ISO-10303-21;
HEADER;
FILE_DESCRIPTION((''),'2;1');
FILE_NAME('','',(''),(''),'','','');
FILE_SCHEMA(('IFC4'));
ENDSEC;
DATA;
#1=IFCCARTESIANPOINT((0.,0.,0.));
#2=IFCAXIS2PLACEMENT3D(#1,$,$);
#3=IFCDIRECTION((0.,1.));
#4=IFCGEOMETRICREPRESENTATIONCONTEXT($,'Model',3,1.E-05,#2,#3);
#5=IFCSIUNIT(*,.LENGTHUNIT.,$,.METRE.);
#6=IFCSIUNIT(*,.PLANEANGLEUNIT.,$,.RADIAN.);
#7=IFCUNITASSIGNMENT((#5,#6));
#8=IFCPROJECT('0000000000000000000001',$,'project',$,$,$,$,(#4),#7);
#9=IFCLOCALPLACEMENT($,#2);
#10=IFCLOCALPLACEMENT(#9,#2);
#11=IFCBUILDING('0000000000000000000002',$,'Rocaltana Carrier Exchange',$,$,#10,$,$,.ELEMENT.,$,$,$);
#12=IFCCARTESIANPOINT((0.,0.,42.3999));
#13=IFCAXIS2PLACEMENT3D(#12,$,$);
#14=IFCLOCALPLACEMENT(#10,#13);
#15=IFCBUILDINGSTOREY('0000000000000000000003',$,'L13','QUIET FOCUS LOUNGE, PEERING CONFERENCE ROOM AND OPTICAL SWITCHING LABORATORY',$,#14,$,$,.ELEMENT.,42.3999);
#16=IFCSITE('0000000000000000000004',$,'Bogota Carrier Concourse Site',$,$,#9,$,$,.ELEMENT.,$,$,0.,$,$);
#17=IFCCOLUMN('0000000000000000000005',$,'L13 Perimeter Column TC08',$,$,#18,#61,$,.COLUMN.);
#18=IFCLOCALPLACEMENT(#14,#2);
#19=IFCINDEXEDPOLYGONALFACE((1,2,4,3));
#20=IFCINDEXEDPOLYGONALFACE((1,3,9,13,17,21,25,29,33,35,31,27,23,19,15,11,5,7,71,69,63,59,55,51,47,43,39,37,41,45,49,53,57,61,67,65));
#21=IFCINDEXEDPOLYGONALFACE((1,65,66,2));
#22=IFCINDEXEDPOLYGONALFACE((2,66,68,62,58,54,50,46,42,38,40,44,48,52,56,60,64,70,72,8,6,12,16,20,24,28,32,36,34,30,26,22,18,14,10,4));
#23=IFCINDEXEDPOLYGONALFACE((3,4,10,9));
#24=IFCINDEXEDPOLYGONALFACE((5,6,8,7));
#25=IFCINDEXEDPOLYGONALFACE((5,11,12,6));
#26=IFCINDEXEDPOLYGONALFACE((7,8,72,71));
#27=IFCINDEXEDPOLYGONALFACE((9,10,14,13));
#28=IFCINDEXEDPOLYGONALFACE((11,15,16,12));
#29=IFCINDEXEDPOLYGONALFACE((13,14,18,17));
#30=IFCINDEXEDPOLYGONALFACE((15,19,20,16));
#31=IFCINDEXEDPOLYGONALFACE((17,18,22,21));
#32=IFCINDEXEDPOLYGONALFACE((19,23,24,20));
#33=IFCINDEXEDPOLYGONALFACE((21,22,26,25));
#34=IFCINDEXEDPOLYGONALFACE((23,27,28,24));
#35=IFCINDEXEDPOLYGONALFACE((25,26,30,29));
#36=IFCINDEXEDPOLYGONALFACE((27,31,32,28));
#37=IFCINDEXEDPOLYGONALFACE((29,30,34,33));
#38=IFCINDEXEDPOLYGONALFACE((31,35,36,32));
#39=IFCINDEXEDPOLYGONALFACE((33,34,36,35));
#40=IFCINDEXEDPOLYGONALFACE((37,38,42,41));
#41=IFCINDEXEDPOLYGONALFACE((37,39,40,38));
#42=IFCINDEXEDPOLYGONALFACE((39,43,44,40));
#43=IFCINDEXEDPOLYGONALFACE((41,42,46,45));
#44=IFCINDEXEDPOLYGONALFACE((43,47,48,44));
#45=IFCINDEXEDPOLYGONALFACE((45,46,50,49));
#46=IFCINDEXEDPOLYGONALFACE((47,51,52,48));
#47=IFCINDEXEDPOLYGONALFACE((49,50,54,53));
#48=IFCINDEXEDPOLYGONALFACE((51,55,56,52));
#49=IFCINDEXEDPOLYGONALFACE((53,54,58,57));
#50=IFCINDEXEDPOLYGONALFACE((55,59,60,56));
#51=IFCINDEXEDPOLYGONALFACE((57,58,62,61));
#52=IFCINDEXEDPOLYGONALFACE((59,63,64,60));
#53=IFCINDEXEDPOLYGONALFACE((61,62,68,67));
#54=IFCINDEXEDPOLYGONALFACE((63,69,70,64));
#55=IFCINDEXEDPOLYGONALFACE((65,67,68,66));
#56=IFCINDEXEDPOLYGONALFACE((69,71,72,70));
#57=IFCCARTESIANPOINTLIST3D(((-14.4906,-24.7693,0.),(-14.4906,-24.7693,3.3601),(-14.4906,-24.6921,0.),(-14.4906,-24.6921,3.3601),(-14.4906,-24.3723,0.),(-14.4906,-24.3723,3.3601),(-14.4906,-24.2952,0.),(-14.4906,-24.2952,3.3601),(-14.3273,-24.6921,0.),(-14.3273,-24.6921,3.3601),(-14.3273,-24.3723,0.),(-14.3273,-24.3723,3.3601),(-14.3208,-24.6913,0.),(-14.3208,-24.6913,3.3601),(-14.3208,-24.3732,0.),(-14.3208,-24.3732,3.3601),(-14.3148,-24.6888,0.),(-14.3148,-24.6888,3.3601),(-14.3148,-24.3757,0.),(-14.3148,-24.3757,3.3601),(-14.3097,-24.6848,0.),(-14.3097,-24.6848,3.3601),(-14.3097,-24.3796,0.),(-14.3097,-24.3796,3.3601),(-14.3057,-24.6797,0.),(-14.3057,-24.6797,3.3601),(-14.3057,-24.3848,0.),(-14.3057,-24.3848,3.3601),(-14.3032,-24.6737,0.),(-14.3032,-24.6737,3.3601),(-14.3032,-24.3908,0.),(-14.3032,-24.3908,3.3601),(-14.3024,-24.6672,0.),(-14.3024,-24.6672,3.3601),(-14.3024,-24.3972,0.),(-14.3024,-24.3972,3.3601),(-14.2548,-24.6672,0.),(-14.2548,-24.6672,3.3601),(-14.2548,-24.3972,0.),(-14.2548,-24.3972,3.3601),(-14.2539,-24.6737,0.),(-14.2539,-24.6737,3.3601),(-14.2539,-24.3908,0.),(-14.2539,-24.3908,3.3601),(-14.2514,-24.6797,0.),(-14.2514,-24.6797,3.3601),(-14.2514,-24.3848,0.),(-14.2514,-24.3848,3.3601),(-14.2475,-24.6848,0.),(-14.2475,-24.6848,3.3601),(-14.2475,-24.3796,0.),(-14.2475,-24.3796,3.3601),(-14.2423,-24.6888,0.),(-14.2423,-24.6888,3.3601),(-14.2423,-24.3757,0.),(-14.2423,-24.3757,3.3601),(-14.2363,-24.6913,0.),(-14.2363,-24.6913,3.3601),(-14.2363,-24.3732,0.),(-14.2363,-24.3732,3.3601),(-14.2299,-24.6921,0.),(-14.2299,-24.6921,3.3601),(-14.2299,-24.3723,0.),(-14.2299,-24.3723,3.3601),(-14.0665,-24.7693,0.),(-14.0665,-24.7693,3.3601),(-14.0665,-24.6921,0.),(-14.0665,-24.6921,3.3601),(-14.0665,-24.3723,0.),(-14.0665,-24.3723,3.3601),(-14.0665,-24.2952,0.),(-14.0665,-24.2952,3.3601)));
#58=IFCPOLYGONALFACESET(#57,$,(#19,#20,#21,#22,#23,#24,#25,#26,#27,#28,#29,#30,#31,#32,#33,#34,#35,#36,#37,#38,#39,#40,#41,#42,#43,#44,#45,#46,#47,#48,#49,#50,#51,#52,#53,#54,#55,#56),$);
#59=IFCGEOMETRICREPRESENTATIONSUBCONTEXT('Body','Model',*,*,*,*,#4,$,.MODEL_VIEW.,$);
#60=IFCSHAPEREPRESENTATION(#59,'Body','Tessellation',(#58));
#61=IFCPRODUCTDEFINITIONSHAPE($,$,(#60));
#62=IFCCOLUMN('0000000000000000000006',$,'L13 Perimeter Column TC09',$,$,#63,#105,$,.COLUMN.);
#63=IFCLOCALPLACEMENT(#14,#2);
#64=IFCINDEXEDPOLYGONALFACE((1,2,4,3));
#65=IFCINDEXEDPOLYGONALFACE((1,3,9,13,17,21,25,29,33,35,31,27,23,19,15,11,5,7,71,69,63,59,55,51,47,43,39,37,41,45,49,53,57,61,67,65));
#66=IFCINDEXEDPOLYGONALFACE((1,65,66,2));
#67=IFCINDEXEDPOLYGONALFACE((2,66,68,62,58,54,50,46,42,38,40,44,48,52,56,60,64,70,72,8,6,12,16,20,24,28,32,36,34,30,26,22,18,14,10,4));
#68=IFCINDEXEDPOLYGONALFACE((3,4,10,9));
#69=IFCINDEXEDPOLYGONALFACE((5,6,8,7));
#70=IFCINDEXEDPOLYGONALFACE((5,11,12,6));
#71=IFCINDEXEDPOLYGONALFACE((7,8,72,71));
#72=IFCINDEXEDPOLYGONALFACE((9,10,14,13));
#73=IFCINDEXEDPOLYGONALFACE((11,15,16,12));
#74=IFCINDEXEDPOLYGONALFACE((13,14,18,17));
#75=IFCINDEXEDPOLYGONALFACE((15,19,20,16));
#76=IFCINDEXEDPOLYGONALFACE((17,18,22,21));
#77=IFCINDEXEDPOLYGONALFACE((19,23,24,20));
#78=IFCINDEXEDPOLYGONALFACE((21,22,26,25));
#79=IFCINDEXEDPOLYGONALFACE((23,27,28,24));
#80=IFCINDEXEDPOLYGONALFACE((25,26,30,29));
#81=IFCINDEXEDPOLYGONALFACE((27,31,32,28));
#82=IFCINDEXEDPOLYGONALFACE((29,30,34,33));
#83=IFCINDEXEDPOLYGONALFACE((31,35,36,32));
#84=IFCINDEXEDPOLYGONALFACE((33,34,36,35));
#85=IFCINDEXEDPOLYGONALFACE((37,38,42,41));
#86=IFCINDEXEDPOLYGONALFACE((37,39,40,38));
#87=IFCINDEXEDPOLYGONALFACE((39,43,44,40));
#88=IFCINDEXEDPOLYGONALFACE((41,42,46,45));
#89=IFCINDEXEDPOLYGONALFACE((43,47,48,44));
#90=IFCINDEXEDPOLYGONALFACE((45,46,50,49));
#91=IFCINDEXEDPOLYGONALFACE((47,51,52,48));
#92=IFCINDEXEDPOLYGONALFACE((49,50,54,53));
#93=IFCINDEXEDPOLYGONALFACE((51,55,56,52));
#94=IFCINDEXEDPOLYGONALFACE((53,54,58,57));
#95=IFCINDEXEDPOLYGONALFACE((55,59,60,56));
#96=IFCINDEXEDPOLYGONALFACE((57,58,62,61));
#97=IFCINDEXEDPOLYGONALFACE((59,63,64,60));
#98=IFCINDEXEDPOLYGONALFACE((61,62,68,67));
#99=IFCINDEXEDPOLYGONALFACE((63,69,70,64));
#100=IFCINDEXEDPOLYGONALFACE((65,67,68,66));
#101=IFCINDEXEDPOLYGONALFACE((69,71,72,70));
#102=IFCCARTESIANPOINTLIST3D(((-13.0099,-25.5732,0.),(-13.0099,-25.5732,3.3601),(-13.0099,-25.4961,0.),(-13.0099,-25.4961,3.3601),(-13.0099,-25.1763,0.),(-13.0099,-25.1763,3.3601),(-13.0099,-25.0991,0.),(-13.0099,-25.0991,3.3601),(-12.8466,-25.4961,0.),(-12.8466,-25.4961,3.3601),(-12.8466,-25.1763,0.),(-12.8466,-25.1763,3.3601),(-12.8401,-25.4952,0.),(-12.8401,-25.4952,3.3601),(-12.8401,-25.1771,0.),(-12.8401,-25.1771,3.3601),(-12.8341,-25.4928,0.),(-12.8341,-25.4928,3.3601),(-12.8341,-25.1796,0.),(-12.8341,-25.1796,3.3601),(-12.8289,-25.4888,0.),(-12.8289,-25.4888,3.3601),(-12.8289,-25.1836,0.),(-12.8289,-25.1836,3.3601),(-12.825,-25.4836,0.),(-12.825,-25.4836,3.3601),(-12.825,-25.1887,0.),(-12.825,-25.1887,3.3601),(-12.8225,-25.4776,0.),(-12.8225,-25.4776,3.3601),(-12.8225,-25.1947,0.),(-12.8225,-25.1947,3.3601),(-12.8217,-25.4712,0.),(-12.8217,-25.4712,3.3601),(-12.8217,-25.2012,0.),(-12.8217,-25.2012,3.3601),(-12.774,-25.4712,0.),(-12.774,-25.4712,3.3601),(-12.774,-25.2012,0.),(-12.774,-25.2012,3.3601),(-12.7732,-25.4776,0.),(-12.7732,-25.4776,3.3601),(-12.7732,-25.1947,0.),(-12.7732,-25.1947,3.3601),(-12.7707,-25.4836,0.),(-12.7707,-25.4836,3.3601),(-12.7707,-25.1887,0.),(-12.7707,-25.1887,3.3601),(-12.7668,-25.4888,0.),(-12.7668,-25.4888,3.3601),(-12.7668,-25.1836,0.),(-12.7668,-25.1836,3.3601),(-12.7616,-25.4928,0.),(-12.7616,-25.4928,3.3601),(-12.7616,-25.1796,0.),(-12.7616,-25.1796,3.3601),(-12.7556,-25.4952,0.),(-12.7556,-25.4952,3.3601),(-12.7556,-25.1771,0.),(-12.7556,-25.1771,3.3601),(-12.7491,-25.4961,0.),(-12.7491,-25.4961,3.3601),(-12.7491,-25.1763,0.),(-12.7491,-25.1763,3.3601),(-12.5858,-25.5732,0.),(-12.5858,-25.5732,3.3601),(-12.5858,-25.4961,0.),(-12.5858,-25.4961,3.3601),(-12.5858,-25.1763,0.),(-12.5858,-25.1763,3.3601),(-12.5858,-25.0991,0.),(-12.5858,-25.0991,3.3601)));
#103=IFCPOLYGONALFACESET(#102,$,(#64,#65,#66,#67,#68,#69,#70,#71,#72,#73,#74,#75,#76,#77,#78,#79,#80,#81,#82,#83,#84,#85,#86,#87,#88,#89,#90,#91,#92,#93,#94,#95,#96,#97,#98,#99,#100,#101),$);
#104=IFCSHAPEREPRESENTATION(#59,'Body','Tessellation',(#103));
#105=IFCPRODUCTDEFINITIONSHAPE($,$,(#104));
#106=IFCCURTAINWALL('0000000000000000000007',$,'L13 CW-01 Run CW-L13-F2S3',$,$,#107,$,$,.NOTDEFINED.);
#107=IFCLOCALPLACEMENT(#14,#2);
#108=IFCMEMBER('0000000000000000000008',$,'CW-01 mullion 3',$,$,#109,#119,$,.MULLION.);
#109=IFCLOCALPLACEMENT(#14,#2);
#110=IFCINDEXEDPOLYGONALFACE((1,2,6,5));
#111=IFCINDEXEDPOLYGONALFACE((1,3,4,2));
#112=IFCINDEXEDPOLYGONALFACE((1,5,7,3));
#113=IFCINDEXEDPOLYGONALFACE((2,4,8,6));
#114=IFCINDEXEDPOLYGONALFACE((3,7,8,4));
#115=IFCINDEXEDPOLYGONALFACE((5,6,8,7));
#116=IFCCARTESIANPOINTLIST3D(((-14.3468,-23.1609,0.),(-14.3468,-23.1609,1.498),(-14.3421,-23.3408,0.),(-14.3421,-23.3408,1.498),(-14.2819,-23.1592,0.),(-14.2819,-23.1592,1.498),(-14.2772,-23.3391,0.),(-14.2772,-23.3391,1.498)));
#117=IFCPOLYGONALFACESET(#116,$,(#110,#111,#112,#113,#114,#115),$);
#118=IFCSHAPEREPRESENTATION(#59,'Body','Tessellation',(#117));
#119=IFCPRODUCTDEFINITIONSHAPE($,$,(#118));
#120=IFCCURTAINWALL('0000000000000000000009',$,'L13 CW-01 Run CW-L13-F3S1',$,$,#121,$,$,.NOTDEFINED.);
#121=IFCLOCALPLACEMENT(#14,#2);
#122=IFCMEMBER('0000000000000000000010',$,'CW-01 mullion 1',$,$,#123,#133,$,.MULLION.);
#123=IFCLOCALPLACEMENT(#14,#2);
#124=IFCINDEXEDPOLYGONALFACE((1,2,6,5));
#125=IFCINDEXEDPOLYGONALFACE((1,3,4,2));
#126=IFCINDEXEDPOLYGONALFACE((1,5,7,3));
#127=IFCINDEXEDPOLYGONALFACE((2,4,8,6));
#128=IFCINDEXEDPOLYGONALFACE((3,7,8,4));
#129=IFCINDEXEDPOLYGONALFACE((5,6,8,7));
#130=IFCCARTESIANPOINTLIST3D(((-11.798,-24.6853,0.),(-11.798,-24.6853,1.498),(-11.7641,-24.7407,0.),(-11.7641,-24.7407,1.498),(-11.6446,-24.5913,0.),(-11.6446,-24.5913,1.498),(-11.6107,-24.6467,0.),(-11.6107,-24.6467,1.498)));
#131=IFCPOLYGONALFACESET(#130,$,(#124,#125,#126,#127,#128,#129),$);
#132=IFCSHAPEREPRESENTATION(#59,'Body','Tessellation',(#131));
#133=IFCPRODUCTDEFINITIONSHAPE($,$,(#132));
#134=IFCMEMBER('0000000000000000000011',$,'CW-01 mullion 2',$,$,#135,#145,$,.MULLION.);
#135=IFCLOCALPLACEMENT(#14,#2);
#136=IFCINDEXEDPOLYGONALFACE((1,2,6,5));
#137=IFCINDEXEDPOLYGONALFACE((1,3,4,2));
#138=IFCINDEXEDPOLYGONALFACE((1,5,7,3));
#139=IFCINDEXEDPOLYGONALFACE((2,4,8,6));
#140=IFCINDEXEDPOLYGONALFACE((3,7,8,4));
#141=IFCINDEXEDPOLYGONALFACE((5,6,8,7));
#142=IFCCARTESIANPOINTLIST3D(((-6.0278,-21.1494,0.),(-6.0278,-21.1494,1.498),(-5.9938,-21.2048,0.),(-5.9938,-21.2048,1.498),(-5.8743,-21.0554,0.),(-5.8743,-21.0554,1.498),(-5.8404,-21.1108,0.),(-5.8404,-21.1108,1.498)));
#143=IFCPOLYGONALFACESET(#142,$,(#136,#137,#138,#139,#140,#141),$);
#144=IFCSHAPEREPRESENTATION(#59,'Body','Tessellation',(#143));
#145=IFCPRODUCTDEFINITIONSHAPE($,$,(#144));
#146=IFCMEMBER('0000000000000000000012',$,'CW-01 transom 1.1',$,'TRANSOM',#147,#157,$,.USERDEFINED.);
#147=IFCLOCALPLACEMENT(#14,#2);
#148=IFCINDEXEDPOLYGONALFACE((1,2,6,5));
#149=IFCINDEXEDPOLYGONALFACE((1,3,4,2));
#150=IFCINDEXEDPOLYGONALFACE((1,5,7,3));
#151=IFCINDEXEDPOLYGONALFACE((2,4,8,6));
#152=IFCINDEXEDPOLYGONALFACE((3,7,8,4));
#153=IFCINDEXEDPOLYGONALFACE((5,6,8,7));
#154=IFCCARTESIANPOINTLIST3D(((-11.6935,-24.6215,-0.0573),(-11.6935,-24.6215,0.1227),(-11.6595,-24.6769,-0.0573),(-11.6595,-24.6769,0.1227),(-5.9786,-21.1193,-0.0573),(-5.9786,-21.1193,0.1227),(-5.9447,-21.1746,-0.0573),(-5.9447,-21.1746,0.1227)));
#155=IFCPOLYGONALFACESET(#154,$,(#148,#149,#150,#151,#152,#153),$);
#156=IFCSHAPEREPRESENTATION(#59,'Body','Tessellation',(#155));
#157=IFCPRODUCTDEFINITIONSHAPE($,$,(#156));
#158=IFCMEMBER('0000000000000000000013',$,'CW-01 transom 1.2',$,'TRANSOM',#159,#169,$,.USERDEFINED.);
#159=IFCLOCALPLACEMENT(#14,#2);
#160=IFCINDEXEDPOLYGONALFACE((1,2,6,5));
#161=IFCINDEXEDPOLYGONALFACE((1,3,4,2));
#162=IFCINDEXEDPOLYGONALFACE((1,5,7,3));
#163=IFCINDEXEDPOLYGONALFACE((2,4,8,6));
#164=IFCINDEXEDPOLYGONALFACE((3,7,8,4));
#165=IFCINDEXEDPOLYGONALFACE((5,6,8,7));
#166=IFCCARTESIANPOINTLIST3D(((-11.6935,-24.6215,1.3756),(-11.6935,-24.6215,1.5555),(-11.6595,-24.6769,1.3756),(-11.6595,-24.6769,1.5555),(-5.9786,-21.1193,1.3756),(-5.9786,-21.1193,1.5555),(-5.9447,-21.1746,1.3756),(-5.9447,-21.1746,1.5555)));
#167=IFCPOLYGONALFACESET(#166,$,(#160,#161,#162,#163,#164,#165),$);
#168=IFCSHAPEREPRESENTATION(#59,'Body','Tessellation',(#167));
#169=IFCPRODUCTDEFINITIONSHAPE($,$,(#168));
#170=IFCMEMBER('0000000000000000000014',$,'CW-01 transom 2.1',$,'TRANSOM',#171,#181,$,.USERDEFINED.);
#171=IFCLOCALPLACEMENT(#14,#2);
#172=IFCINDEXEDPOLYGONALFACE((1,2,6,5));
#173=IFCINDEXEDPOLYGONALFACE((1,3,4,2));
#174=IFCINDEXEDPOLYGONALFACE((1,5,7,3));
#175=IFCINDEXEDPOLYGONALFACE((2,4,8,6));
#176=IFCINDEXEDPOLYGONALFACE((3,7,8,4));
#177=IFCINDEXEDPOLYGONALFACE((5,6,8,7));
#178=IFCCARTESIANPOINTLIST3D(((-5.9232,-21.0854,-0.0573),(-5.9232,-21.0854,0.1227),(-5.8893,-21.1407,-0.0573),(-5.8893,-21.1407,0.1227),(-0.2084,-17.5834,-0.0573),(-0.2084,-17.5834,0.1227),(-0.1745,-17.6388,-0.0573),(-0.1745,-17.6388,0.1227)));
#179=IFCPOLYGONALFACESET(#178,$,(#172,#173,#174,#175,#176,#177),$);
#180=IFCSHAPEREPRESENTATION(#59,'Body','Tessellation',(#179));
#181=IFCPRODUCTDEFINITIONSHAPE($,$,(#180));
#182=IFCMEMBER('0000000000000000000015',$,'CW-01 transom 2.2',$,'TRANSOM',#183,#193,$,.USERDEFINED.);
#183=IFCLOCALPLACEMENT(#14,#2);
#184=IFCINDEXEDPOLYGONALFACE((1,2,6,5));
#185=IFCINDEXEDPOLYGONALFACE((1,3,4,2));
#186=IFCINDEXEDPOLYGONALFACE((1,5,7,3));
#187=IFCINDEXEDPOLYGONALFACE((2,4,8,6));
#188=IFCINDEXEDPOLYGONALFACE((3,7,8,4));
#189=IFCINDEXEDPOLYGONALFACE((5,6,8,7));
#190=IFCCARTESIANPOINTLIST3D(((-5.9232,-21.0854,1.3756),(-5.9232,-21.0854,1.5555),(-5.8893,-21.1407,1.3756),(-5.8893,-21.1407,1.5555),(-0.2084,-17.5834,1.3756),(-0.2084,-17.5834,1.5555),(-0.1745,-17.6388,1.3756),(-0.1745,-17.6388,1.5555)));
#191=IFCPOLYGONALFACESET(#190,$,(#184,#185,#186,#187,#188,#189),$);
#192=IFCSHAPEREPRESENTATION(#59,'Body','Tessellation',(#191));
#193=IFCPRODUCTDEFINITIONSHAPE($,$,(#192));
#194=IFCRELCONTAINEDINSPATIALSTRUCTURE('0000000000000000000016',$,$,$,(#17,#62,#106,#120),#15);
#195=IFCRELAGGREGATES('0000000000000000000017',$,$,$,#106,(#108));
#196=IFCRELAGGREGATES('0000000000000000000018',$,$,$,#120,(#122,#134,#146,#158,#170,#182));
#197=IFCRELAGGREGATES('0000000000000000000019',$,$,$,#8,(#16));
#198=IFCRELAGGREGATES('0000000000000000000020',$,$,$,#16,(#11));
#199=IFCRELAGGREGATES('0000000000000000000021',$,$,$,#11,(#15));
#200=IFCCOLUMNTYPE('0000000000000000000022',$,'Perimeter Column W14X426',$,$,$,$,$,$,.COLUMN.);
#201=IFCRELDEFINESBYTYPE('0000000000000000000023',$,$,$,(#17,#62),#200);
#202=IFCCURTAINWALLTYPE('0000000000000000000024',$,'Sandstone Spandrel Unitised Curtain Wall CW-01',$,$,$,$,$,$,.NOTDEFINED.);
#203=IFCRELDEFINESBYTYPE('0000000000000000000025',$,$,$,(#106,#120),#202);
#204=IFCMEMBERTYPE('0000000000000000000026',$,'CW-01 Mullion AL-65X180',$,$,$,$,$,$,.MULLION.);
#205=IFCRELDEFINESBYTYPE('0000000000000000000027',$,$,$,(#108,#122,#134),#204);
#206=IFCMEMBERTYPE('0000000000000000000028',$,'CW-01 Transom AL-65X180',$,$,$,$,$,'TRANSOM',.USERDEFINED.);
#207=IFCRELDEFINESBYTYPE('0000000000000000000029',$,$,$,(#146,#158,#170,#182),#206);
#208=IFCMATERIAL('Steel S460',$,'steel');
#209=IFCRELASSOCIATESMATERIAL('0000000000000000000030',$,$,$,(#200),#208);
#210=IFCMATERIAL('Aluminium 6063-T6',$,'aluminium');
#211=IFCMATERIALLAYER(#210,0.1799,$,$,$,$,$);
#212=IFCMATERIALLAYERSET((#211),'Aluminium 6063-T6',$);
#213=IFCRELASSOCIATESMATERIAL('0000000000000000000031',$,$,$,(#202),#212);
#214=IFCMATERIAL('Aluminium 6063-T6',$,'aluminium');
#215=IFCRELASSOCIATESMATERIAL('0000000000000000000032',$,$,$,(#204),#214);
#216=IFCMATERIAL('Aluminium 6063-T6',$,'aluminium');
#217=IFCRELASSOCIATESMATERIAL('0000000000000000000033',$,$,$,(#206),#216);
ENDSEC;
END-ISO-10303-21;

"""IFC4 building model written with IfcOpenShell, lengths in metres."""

from ifc_helpers import new_model, si_unit, direction, frame, origin, origin_2d, place, context, subcontext, project, spatial, rectangle, i_section, extrude, material, layer, layer_set, material_profile, profile_set, type_object, element, aggregate, save


model = new_model("IFC4")

# Units and contexts
model_context = context("Model", 3, precision=1e-05, world=origin(), true_north=direction((0.0, 1.0)))
body_context = subcontext(model_context, "Body", "Model", "MODEL_VIEW")
ifc_project = project(units=[si_unit("LENGTHUNIT", "METRE"), si_unit("PLANEANGLEUNIT", "RADIAN")], contexts=[model_context])

# Site, building, storey
site_placement = place(None, origin())
site = spatial("IfcSite", under=ifc_project, at=site_placement, Name="Bogota Carrier Concourse Site", CompositionType="ELEMENT", RefElevation=0.0)
building_placement = place(site_placement, origin())
building = spatial("IfcBuilding", under=site, at=building_placement, Name="Rocaltana Carrier Exchange", CompositionType="ELEMENT")
storey_placement = place(building_placement, frame((0.0, 0.0, 42.3999)))
storey = spatial("IfcBuildingStorey", under=building, at=storey_placement, Name="L13", Description="QUIET FOCUS LOUNGE, PEERING CONFERENCE ROOM AND OPTICAL SWITCHING LABORATORY", CompositionType="ELEMENT", Elevation=42.3999)

# Columns
ifc_material_1 = material(Name="Steel S460", Category="steel")
ifc_material_profile_1 = material_profile(ifc_material_1, i_section(OverallWidth=0.4241, OverallDepth=0.4741, WebThickness=0.0476, FlangeThickness=0.0771, FilletRadius=0.0249, at=origin_2d()), Name="W14X426")
ifc_profile_set_1 = profile_set([ifc_material_profile_1], Name="Steel S460")
column_type = type_object("IfcColumnType", Name="Perimeter Column W14X426", PredefinedType="COLUMN", material=ifc_profile_set_1)
for number, where, z_axis, x_axis, name in (
    (1, (-14.2786, -24.5322, 0.0), (0.0, 0.0, 1.0), (1.0, 0.0, 0.0), "L13 Perimeter Column TC08"),
    (2, (-12.7979, -25.3362, 0.0), (0.0, 0.0, 1.0), (1.0, 0.0, 0.0), "L13 Perimeter Column TC09"),
):
    element("IfcColumn", number, at=place(storey_placement, frame(where, z_axis=z_axis, x_axis=x_axis)), inside=storey, type_object=column_type, Name=name, PredefinedType="COLUMN", context=body_context, shape_type="SweptSolid", body=[
        extrude(i_section(OverallWidth=0.4241, OverallDepth=0.4741, WebThickness=0.0476, FlangeThickness=0.0771, FilletRadius=0.0249, at=origin_2d()), origin(), (0.0, 0.0, 1.0), 3.3601),
    ])

# Curtain wall, member
ifc_material_2 = material(Name="Aluminium 6063-T6", Category="aluminium")
ifc_layer_1 = layer(ifc_material_2, 0.1799)
ifc_layer_set_1 = layer_set([ifc_layer_1], Name="Aluminium 6063-T6")
curtain_wall_type = type_object("IfcCurtainWallType", Name="Sandstone Spandrel Unitised Curtain Wall CW-01", PredefinedType="NOTDEFINED", material=ifc_layer_set_1)
curtain_wall_1_placement = place(storey_placement, origin())
curtain_wall_1 = element("IfcCurtainWall", 3, at=curtain_wall_1_placement, inside=storey, type_object=curtain_wall_type, Name="L13 CW-01 Run CW-L13-F2S3", PredefinedType="NOTDEFINED")
ifc_material_3 = material(Name="Aluminium 6063-T6", Category="aluminium")
ifc_material_profile_2 = material_profile(ifc_material_3, rectangle(XDim=0.0649, YDim=0.1799, at=origin_2d()), Name="AL-65X180")
ifc_profile_set_2 = profile_set([ifc_material_profile_2], Name="Aluminium 6063-T6")
member_type_1 = type_object("IfcMemberType", Name="CW-01 Mullion AL-65X180", PredefinedType="MULLION", material=ifc_profile_set_2)
member_1_placement = place(storey_placement, frame((-14.312, -23.25, 0.0), z_axis=(0.0, 0.0, 1.0), x_axis=(0.999657, 0.026184, 0.0)))
member_1 = element("IfcMember", 4, at=member_1_placement, type_object=member_type_1, Name="CW-01 mullion 3", PredefinedType="MULLION", context=body_context, shape_type="SweptSolid", body=[
    extrude(rectangle(XDim=0.0649, YDim=0.1799, at=origin_2d()), origin(), (0.0, 0.0, 1.0), 1.498),
])
aggregate(curtain_wall_1, [member_1])

# Curtain wall, members
curtain_wall_2_placement = place(storey_placement, origin())
curtain_wall_2 = element("IfcCurtainWall", 5, at=curtain_wall_2_placement, inside=storey, type_object=curtain_wall_type, Name="L13 CW-01 Run CW-L13-F3S1", PredefinedType="NOTDEFINED")
member_2_placement = place(storey_placement, frame((-11.7043, -24.666, 0.0), z_axis=(0.0, 0.0, 1.0), x_axis=(-0.522505, 0.852636, 0.0)))
member_2 = element("IfcMember", 6, at=member_2_placement, type_object=member_type_1, Name="CW-01 mullion 1", PredefinedType="MULLION", context=body_context, shape_type="SweptSolid", body=[
    extrude(rectangle(XDim=0.0649, YDim=0.1799, at=origin_2d()), origin(), (0.0, 0.0, 1.0), 1.498),
])
member_3_placement = place(storey_placement, frame((-5.9341, -21.1301, 0.0), z_axis=(0.0, 0.0, 1.0), x_axis=(-0.522505, 0.852636, 0.0)))
member_3 = element("IfcMember", 7, at=member_3_placement, type_object=member_type_1, Name="CW-01 mullion 2", PredefinedType="MULLION", context=body_context, shape_type="SweptSolid", body=[
    extrude(rectangle(XDim=0.0649, YDim=0.1799, at=origin_2d()), origin(), (0.0, 0.0, 1.0), 1.498),
])
ifc_material_4 = material(Name="Aluminium 6063-T6", Category="aluminium")
ifc_material_profile_3 = material_profile(ifc_material_4, rectangle(XDim=0.0649, YDim=0.1799, at=origin_2d()), Name="AL-65X180")
ifc_profile_set_3 = profile_set([ifc_material_profile_3], Name="Aluminium 6063-T6")
member_type_2 = type_object("IfcMemberType", Name="CW-01 Transom AL-65X180", ElementType="TRANSOM", PredefinedType="USERDEFINED", material=ifc_profile_set_3)
member_4_placement = place(storey_placement, frame((-11.6765, -24.6492, 0.0327), z_axis=(0.852631, 0.522513, 0.0), x_axis=(-0.522513, 0.852631, 0.0)))
member_4 = element("IfcMember", 8, at=member_4_placement, type_object=member_type_2, Name="CW-01 transom 1.1", ObjectType="TRANSOM", PredefinedType="USERDEFINED", context=body_context, shape_type="SweptSolid", body=[
    extrude(rectangle(XDim=0.0649, YDim=0.1799, at=origin_2d()), origin(), (0.0, 0.0, 1.0), 6.7026),
])
member_5_placement = place(storey_placement, frame((-11.6765, -24.6492, 1.4656), z_axis=(0.852631, 0.522513, 0.0), x_axis=(-0.522513, 0.852631, 0.0)))
member_5 = element("IfcMember", 9, at=member_5_placement, type_object=member_type_2, Name="CW-01 transom 1.2", ObjectType="TRANSOM", PredefinedType="USERDEFINED", context=body_context, shape_type="SweptSolid", body=[
    extrude(rectangle(XDim=0.0649, YDim=0.1799, at=origin_2d()), origin(), (0.0, 0.0, 1.0), 6.7026),
])
member_6_placement = place(storey_placement, frame((-5.9062, -21.113, 0.0327), z_axis=(0.852647, 0.522487, 0.0), x_axis=(-0.522487, 0.852647, 0.0)))
member_6 = element("IfcMember", 10, at=member_6_placement, type_object=member_type_2, Name="CW-01 transom 2.1", ObjectType="TRANSOM", PredefinedType="USERDEFINED", context=body_context, shape_type="SweptSolid", body=[
    extrude(rectangle(XDim=0.0649, YDim=0.1799, at=origin_2d()), origin(), (0.0, 0.0, 1.0), 6.7024),
])
member_7_placement = place(storey_placement, frame((-5.9062, -21.113, 1.4656), z_axis=(0.852647, 0.522487, 0.0), x_axis=(-0.522487, 0.852647, 0.0)))
member_7 = element("IfcMember", 11, at=member_7_placement, type_object=member_type_2, Name="CW-01 transom 2.2", ObjectType="TRANSOM", PredefinedType="USERDEFINED", context=body_context, shape_type="SweptSolid", body=[
    extrude(rectangle(XDim=0.0649, YDim=0.1799, at=origin_2d()), origin(), (0.0, 0.0, 1.0), 6.7024),
])

aggregate(curtain_wall_2, [member_2, member_3, member_4, member_5, member_6, member_7])

save(model, "model.ifc")
